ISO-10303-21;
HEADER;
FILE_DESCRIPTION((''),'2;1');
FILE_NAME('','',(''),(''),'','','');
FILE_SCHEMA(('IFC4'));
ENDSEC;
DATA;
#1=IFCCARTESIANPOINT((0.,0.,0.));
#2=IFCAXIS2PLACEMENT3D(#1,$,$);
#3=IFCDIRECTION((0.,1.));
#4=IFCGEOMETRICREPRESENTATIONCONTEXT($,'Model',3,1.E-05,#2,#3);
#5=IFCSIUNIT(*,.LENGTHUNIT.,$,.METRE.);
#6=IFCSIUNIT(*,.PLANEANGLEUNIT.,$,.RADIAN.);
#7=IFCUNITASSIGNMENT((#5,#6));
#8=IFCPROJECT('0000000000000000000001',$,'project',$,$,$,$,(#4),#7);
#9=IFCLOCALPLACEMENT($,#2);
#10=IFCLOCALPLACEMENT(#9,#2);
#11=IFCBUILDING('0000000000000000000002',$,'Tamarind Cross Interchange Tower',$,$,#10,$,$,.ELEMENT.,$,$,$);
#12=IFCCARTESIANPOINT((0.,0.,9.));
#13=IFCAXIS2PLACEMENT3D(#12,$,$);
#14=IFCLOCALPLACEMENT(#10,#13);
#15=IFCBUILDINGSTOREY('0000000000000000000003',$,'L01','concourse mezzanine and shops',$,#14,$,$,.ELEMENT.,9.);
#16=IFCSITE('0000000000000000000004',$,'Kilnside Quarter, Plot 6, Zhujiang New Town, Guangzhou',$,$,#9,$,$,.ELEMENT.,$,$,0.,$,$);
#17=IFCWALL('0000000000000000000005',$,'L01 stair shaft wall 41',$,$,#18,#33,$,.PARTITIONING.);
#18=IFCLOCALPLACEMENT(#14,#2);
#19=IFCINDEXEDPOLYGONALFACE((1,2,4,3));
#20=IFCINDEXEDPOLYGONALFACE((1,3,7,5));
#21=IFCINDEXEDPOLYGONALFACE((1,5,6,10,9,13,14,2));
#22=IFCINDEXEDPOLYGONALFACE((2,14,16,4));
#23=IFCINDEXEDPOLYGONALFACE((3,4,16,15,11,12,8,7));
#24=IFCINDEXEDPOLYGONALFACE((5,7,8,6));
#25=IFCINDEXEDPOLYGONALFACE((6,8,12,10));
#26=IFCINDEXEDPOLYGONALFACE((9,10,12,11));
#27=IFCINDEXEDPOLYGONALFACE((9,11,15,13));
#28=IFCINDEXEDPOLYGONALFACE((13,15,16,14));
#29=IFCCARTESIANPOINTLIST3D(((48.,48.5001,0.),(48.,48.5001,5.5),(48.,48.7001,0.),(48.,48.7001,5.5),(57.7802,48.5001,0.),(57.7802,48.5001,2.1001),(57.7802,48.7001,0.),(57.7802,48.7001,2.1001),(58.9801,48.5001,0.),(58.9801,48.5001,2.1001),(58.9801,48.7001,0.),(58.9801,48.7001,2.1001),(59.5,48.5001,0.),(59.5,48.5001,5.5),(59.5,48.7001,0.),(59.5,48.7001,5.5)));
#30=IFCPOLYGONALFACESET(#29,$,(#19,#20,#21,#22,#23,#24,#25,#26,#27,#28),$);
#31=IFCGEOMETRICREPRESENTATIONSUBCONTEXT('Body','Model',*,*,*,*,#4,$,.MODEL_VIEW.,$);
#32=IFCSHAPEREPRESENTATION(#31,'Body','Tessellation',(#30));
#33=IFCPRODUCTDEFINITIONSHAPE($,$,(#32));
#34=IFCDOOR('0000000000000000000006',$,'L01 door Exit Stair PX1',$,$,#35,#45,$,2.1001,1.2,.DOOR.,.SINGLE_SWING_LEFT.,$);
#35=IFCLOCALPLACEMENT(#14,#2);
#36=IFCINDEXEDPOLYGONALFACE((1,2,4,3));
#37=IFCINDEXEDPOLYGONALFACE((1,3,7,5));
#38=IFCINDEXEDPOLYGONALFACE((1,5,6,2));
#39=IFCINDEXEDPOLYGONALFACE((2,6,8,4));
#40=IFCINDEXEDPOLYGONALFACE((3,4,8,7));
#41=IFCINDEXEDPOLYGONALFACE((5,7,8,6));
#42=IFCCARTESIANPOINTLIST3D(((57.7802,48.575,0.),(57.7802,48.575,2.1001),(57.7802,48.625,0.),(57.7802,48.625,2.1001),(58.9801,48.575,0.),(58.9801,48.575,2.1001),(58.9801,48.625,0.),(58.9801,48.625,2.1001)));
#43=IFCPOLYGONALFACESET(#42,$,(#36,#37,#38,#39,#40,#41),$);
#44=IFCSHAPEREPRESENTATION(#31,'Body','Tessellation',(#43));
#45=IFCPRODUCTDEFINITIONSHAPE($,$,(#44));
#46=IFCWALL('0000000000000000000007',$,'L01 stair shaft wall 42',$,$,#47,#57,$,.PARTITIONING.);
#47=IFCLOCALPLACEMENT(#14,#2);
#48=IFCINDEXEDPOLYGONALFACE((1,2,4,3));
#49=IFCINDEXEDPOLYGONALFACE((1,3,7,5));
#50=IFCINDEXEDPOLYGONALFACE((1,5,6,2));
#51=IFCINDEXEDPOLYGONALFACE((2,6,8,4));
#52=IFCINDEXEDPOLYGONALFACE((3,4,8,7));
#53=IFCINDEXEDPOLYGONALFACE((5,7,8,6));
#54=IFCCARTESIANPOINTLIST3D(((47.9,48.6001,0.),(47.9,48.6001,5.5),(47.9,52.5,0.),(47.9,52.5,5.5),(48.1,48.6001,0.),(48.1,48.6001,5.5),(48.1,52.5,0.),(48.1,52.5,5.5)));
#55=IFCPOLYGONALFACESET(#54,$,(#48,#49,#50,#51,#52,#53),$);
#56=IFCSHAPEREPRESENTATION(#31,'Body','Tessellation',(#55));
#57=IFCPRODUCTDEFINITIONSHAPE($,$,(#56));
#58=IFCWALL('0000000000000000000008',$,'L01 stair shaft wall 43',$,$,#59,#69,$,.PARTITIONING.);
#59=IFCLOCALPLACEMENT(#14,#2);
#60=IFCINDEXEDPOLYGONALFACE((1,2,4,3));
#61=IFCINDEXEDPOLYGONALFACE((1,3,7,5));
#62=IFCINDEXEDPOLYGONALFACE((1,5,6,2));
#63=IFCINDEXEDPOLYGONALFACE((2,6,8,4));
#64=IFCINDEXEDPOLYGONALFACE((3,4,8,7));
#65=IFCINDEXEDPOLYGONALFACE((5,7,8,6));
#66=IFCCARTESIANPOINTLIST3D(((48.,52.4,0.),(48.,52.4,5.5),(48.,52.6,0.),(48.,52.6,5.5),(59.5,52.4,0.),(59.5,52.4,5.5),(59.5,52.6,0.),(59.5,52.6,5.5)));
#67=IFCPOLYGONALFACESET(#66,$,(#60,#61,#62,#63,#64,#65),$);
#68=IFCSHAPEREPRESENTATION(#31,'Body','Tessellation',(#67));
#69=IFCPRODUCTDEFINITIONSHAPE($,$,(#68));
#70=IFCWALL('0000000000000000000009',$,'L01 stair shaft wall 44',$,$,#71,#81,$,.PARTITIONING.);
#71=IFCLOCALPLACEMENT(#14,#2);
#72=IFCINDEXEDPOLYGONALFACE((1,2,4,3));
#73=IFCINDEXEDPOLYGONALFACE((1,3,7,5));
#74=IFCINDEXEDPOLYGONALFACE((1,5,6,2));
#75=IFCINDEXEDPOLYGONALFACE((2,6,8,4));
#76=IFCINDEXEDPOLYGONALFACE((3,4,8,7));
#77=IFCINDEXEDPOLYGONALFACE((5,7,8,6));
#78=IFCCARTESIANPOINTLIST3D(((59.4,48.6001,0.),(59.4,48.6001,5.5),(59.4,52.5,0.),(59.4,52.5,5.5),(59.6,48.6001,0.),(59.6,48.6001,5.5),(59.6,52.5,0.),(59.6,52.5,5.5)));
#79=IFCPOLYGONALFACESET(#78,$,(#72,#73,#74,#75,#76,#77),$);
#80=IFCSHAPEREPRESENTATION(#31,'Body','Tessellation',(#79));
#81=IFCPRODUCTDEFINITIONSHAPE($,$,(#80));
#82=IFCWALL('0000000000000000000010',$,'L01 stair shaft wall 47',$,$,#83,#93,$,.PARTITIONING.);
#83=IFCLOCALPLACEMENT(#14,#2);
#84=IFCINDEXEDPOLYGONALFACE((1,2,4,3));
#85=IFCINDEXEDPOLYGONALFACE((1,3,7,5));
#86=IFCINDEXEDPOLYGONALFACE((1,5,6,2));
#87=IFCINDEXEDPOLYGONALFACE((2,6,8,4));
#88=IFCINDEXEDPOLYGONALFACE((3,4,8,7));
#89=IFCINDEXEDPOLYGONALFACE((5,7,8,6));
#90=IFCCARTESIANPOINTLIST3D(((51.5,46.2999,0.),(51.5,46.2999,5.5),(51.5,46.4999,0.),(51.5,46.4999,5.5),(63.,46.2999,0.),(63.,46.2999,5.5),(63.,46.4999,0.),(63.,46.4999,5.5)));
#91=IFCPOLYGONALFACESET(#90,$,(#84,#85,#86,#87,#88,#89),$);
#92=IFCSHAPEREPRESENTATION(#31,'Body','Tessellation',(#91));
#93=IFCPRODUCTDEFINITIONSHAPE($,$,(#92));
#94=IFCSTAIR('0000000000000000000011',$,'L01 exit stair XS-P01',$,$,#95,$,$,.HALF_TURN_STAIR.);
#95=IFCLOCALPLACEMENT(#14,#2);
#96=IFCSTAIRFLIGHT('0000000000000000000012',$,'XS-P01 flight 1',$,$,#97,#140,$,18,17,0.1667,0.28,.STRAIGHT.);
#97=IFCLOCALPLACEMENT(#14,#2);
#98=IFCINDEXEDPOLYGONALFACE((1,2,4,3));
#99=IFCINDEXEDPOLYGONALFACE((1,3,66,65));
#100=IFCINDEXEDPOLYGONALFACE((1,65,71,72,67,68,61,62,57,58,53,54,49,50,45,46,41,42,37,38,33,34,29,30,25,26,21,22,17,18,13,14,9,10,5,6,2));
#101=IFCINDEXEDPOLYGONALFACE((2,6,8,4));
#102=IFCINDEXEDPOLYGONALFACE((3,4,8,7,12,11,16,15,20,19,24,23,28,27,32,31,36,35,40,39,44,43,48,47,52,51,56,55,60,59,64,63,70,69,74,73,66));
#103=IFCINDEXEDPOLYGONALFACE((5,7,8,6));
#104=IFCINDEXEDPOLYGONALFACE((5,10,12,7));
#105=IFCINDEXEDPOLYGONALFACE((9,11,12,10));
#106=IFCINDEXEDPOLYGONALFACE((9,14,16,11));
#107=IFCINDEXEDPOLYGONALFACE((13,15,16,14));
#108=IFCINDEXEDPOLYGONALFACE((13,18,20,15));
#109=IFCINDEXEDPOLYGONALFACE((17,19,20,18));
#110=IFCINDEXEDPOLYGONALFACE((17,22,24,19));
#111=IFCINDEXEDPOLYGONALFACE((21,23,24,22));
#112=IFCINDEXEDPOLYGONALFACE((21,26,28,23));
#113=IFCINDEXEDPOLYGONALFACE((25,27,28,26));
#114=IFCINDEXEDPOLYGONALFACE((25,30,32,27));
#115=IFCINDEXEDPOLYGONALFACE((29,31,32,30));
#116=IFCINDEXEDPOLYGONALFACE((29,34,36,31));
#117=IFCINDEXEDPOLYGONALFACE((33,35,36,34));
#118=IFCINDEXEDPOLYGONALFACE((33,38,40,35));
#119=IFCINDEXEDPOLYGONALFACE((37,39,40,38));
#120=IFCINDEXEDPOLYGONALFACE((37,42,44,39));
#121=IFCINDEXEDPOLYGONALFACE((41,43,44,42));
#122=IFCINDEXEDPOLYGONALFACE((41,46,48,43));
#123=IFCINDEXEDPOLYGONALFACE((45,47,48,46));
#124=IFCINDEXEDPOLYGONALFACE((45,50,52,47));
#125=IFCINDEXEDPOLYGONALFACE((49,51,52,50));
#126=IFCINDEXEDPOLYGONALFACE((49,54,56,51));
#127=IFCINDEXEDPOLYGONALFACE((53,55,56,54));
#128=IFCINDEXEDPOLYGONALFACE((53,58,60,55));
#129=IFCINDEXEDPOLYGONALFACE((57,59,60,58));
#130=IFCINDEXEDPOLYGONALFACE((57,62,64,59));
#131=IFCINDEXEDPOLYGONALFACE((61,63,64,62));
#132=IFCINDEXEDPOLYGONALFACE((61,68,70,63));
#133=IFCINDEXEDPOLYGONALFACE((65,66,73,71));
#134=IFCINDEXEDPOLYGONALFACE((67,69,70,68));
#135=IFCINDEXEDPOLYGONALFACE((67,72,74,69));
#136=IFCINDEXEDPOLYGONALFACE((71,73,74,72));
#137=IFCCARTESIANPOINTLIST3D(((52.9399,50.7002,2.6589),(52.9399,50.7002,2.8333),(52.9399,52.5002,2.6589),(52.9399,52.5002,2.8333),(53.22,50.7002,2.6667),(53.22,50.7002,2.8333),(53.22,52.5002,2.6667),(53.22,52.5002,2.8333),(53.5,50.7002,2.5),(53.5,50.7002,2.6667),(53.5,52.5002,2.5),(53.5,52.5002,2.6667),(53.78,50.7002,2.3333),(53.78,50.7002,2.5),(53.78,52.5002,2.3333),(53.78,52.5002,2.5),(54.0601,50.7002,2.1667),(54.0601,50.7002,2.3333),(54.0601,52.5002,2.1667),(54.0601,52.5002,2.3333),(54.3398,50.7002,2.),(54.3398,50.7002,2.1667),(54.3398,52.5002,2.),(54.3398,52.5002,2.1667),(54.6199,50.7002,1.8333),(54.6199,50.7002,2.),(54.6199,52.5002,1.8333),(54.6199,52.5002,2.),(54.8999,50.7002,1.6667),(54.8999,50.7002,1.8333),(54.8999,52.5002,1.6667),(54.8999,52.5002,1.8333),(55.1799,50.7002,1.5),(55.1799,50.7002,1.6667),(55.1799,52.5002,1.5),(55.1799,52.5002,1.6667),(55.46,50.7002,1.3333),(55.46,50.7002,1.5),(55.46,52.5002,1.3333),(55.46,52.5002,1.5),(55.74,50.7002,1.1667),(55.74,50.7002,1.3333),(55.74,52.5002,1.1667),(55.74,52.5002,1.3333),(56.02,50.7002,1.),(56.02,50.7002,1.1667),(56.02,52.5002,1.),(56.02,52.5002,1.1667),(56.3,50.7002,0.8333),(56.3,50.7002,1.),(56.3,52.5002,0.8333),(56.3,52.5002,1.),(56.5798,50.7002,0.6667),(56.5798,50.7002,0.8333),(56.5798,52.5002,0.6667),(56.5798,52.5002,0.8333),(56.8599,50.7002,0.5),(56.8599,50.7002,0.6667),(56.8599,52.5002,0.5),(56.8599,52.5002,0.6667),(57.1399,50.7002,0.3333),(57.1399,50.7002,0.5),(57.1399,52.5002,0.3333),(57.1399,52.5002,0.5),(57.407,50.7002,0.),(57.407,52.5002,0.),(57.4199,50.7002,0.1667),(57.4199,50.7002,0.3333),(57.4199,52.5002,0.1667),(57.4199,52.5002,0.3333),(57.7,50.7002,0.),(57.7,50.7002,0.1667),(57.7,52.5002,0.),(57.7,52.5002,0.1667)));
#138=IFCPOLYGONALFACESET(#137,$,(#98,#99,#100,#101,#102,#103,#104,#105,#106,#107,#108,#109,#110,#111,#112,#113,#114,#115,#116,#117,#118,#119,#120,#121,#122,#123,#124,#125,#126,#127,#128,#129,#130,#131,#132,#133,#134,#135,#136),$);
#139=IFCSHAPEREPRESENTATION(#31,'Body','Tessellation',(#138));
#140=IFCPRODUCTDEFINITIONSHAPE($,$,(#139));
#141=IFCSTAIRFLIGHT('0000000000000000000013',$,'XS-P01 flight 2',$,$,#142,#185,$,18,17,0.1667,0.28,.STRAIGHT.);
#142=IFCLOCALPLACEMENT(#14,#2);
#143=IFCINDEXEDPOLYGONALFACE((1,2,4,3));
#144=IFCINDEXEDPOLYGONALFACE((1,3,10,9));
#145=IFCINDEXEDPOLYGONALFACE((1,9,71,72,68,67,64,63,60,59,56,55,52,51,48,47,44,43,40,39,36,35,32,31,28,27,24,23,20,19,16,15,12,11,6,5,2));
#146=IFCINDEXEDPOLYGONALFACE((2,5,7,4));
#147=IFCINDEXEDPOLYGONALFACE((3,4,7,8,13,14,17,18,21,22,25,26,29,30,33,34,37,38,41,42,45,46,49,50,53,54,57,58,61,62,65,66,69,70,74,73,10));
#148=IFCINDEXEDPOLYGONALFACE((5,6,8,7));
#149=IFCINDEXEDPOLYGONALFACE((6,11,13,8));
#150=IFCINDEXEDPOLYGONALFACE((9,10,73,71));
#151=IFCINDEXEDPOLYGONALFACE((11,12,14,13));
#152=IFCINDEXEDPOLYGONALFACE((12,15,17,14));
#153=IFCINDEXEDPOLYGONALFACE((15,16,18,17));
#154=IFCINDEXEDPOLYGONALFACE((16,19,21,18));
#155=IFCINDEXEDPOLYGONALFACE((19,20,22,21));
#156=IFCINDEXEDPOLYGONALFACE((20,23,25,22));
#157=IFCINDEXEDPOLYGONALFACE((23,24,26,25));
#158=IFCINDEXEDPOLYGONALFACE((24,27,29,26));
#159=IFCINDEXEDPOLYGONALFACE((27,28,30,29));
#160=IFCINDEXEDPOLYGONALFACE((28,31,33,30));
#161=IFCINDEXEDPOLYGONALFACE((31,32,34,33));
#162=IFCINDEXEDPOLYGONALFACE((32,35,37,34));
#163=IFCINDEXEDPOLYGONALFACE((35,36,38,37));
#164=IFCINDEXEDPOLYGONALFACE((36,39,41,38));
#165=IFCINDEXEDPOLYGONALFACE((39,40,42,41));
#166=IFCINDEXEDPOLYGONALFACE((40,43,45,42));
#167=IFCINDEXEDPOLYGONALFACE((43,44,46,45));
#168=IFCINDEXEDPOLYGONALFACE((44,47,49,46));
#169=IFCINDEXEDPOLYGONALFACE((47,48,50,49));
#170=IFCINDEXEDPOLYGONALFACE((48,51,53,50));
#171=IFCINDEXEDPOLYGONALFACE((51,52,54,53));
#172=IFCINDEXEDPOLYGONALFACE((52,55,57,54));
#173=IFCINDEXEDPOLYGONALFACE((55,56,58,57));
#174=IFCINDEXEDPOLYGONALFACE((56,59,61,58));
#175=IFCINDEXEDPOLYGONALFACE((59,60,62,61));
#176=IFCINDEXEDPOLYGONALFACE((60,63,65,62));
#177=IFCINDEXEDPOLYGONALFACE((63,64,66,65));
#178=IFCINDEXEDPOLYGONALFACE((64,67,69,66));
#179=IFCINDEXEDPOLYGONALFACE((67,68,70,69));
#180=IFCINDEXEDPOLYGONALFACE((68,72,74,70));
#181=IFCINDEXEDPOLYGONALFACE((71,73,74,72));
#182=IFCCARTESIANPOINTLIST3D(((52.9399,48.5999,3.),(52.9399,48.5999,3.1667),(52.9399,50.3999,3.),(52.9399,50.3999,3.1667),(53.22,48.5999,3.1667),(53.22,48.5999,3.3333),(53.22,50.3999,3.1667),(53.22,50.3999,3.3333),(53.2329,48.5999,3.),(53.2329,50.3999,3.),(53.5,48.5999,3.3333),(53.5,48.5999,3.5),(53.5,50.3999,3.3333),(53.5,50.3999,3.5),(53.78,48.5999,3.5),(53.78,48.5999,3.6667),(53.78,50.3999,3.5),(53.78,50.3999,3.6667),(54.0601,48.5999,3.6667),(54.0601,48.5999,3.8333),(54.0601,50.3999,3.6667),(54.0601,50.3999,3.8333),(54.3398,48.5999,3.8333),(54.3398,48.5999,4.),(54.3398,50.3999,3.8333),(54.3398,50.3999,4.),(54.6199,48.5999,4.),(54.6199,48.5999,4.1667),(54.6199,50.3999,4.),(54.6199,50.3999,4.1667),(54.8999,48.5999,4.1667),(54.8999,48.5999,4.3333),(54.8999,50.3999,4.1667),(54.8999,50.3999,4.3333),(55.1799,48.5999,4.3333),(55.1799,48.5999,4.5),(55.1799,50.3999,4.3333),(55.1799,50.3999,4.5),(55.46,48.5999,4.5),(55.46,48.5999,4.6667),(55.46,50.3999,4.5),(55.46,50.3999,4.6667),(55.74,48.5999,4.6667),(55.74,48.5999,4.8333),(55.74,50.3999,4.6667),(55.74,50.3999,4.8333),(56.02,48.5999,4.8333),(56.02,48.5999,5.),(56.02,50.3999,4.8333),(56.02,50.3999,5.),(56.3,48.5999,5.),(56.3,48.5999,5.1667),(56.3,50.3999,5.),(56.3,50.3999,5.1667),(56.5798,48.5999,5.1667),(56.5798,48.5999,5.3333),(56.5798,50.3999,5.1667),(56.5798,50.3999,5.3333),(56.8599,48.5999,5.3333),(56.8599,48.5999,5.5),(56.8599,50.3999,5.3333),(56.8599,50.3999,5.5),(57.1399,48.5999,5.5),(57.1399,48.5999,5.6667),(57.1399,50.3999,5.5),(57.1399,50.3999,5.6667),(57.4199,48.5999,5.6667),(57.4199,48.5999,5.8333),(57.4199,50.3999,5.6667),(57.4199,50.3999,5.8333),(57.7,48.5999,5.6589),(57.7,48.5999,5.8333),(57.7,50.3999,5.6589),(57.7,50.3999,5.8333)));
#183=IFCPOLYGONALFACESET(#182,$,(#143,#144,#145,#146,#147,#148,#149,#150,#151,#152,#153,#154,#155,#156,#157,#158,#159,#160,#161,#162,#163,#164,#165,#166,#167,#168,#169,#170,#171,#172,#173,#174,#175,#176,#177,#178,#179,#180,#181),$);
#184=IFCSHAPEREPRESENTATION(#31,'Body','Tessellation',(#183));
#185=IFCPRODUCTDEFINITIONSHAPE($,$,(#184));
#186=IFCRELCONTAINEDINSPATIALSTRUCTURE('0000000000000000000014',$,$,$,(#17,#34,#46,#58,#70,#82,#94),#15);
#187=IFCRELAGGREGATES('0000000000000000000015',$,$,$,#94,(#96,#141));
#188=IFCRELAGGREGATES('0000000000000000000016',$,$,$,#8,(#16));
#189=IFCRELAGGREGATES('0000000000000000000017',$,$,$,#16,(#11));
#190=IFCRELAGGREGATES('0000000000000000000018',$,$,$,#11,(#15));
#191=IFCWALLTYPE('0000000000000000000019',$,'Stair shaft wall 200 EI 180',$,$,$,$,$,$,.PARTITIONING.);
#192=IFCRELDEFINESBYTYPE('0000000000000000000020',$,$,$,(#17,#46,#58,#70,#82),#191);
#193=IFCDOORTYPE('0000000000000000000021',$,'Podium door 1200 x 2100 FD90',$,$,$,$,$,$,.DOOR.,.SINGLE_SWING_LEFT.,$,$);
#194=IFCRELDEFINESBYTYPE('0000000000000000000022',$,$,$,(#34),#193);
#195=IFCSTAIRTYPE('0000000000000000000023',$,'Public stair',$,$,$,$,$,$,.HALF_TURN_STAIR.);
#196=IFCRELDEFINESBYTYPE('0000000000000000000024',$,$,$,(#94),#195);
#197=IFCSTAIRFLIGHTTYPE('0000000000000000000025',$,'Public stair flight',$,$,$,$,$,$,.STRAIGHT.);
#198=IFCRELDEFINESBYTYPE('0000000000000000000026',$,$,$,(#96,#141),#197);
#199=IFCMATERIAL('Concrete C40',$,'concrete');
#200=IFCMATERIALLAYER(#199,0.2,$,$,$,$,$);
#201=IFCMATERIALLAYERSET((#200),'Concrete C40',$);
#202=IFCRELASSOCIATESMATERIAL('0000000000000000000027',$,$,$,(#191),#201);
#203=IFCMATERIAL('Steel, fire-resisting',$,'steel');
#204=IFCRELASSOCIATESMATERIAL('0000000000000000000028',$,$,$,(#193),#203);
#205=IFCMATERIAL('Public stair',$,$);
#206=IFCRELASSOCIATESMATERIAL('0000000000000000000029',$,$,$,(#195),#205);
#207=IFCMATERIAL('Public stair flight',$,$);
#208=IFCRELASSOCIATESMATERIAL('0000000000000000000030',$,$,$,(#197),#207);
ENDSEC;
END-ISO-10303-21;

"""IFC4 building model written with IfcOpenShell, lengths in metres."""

from ifc_helpers import new_model, si_unit, direction, frame, frame_2d, origin, place, context, subcontext, project, spatial, polyline, rectangle, outline, extrude, material, layer, layer_set, type_object, element, fill, aggregate, save


model = new_model("IFC4")

# Units and contexts
model_context = context("Model", 3, precision=1e-05, world=origin(), true_north=direction((0.0, 1.0)))
body_context = subcontext(model_context, "Body", "Model", "MODEL_VIEW")
ifc_project = project(units=[si_unit("LENGTHUNIT", "METRE"), si_unit("PLANEANGLEUNIT", "RADIAN")], contexts=[model_context])

# Site, building, storey
site_placement = place(None, origin())
site = spatial("IfcSite", under=ifc_project, at=site_placement, Name="Kilnside Quarter, Plot 6, Zhujiang New Town, Guangzhou", CompositionType="ELEMENT", RefElevation=0.0)
building_placement = place(site_placement, origin())
building = spatial("IfcBuilding", under=site, at=building_placement, Name="Tamarind Cross Interchange Tower", CompositionType="ELEMENT")
storey_placement = place(building_placement, frame((0.0, 0.0, 9.0)))
storey = spatial("IfcBuildingStorey", under=building, at=storey_placement, Name="L01", Description="concourse mezzanine and shops", CompositionType="ELEMENT", Elevation=9.0)

# Wall, opening, door
ifc_material_1 = material(Name="Steel, fire-resisting", Category="steel")
ifc_material_2 = material(Name="Concrete C40", Category="concrete")
ifc_layer_1 = layer(ifc_material_2, 0.2)
ifc_layer_set_1 = layer_set([ifc_layer_1], Name="Concrete C40")
wall_type_1 = type_object("IfcWallType", Name="Stair shaft wall 200 EI 180", PredefinedType="PARTITIONING", material=ifc_layer_set_1)
wall_1_placement = place(storey_placement, frame((48.0, 48.6001, 0.0), z_axis=(0.0, 0.0, 1.0), x_axis=(1.0, 0.0, 0.0)))
wall_1 = element("IfcWall", 1, at=wall_1_placement, inside=storey, type_object=wall_type_1, Name="L01 stair shaft wall 41", PredefinedType="PARTITIONING", context=body_context, shape_type="SweptSolid", body=[
    extrude(rectangle(XDim=11.5, YDim=0.2, at=frame_2d((5.75, 0.0))), origin(), (0.0, 0.0, 1.0), 5.5),
])
opening_1_placement = place(wall_1_placement, frame((9.78, 0.0, 0.0)))
opening_1 = element("IfcOpeningElement", 2, at=opening_1_placement, cuts=wall_1, PredefinedType="OPENING", context=body_context, shape_type="SweptSolid", body=[
    extrude(rectangle(XDim=1.2, YDim=2.1001, at=frame_2d((0.6001, 1.05))), frame((0.0, 0.1099, 0.0), z_axis=(0.0, -1.0, 0.0), x_axis=(1.0, 0.0, 0.0)), (0.0, 0.0, 1.0), 0.22),
])
door_type_1 = type_object("IfcDoorType", Name="Podium door 1200 x 2100 FD90", OperationType="SINGLE_SWING_LEFT", PredefinedType="DOOR", material=ifc_material_1)
door_1_placement = place(opening_1_placement, origin())
door_1 = element("IfcDoor", 3, at=door_1_placement, inside=storey, type_object=door_type_1, Name="L01 door Exit Stair PX1", OperationType="SINGLE_SWING_LEFT", OverallHeight=2.1001, OverallWidth=1.2, PredefinedType="DOOR", context=body_context, shape_type="SweptSolid", body=[
    extrude(rectangle(XDim=1.2, YDim=2.1001, at=frame_2d((0.6001, 1.05))), frame((0.0, 0.0249, 0.0), z_axis=(0.0, -1.0, 0.0), x_axis=(1.0, 0.0, 0.0)), (0.0, 0.0, 1.0), 0.05),
])
fill(opening_1, door_1)

# Walls
wall_2_placement = place(storey_placement, frame((48.0, 48.6001, 0.0), z_axis=(0.0, 0.0, 1.0), x_axis=(0.0, 1.0, 0.0)))
element("IfcWall", 4, at=wall_2_placement, inside=storey, type_object=wall_type_1, Name="L01 stair shaft wall 42", PredefinedType="PARTITIONING", context=body_context, shape_type="SweptSolid", body=[
    extrude(rectangle(XDim=3.8999, YDim=0.2, at=frame_2d((1.95, 0.0))), origin(), (0.0, 0.0, 1.0), 5.5),
])
wall_3_placement = place(storey_placement, frame((48.0, 52.5, 0.0), z_axis=(0.0, 0.0, 1.0), x_axis=(1.0, 0.0, 0.0)))
element("IfcWall", 5, at=wall_3_placement, inside=storey, type_object=wall_type_1, Name="L01 stair shaft wall 43", PredefinedType="PARTITIONING", context=body_context, shape_type="SweptSolid", body=[
    extrude(rectangle(XDim=11.5, YDim=0.2, at=frame_2d((5.75, 0.0))), origin(), (0.0, 0.0, 1.0), 5.5),
])
wall_4_placement = place(storey_placement, frame((59.5, 48.6001, 0.0), z_axis=(0.0, 0.0, 1.0), x_axis=(0.0, 1.0, 0.0)))
element("IfcWall", 6, at=wall_4_placement, inside=storey, type_object=wall_type_1, Name="L01 stair shaft wall 44", PredefinedType="PARTITIONING", context=body_context, shape_type="SweptSolid", body=[
    extrude(rectangle(XDim=3.8999, YDim=0.2, at=frame_2d((1.95, 0.0))), origin(), (0.0, 0.0, 1.0), 5.5),
])
wall_5_placement = place(storey_placement, frame((51.5, 46.3999, 0.0), z_axis=(0.0, 0.0, 1.0), x_axis=(1.0, 0.0, 0.0)))
element("IfcWall", 7, at=wall_5_placement, inside=storey, type_object=wall_type_1, Name="L01 stair shaft wall 47", PredefinedType="PARTITIONING", context=body_context, shape_type="SweptSolid", body=[
    extrude(rectangle(XDim=11.5, YDim=0.2, at=frame_2d((5.75, 0.0))), origin(), (0.0, 0.0, 1.0), 5.5),
])

# Stair, stair flights
ifc_material_3 = material(Name="Public stair")
stair_type = type_object("IfcStairType", Name="Public stair", PredefinedType="HALF_TURN_STAIR", material=ifc_material_3)
stair_1_placement = place(storey_placement, origin())
stair_1 = element("IfcStair", 8, at=stair_1_placement, inside=storey, type_object=stair_type, Name="L01 exit stair XS-P01", PredefinedType="HALF_TURN_STAIR")
ifc_material_4 = material(Name="Public stair flight")
stair_flight_type = type_object("IfcStairFlightType", Name="Public stair flight", PredefinedType="STRAIGHT", material=ifc_material_4)
stair_flight_1_placement = place(storey_placement, frame((57.7, 51.6001, 0.0), z_axis=(0.0, 0.0, 1.0), x_axis=(-1.0, 0.0, 0.0)))
stair_flight_1 = element("IfcStairFlight", 9, at=stair_flight_1_placement, type_object=stair_flight_type, Name="XS-P01 flight 1", NumberOfRisers=18, NumberOfTreads=17, PredefinedType="STRAIGHT", RiserHeight=0.1667, TreadLength=0.28, context=body_context, shape_type="SweptSolid", body=[
    extrude(outline(polyline([(0.0, 0.0), (0.0, 0.1667), (0.28, 0.1667), (0.28, 0.3333), (0.5601, 0.3333), (0.5601, 0.5), (0.8401, 0.5), (0.8401, 0.6667), (1.1201, 0.6667), (1.1201, 0.8333), (1.3999, 0.8333), (1.3999, 1.0), (1.6799, 1.0), (1.6799, 1.1667), (1.96, 1.1667), (1.96, 1.3333), (2.24, 1.3333), (2.24, 1.5), (2.52, 1.5), (2.52, 1.6667), (2.8, 1.6667), (2.8, 1.8333), (3.0801, 1.8333), (3.0801, 2.0), (3.3601, 2.0), (3.3601, 2.1667), (3.6399, 2.1667), (3.6399, 2.3333), (3.9199, 2.3333), (3.9199, 2.5), (4.2, 2.5), (4.2, 2.6667), (4.48, 2.6667), (4.48, 2.8333), (4.76, 2.8333), (4.76, 3.0), (4.76, 2.6589), (0.293, 0.0), (0.0, 0.0)])), frame((0.0, 0.8999, 0.0), z_axis=(0.0, -1.0, 0.0), x_axis=(1.0, 0.0, 0.0)), (0.0, 0.0, 1.0), 1.8),
])
stair_flight_2_placement = place(storey_placement, frame((52.9399, 49.5, 3.0), z_axis=(0.0, 0.0, 1.0), x_axis=(1.0, 0.0, 0.0)))
stair_flight_2 = element("IfcStairFlight", 10, at=stair_flight_2_placement, type_object=stair_flight_type, Name="XS-P01 flight 2", NumberOfRisers=18, NumberOfTreads=17, PredefinedType="STRAIGHT", RiserHeight=0.1667, TreadLength=0.28, context=body_context, shape_type="SweptSolid", body=[
    extrude(outline(polyline([(0.0, 0.0), (0.0, 0.1667), (0.28, 0.1667), (0.28, 0.3333), (0.5601, 0.3333), (0.5601, 0.5), (0.8401, 0.5), (0.8401, 0.6667), (1.1201, 0.6667), (1.1201, 0.8333), (1.3999, 0.8333), (1.3999, 1.0), (1.6799, 1.0), (1.6799, 1.1667), (1.96, 1.1667), (1.96, 1.3333), (2.24, 1.3333), (2.24, 1.5), (2.52, 1.5), (2.52, 1.6667), (2.8, 1.6667), (2.8, 1.8333), (3.0801, 1.8333), (3.0801, 2.0), (3.3601, 2.0), (3.3601, 2.1667), (3.6399, 2.1667), (3.6399, 2.3333), (3.9199, 2.3333), (3.9199, 2.5), (4.2, 2.5), (4.2, 2.6667), (4.48, 2.6667), (4.48, 2.8333), (4.76, 2.8333), (4.76, 3.0), (4.76, 2.6589), (0.293, 0.0), (0.0, 0.0)])), frame((0.0, 0.8999, 0.0), z_axis=(0.0, -1.0, 0.0), x_axis=(1.0, 0.0, 0.0)), (0.0, 0.0, 1.0), 1.8),
])
aggregate(stair_1, [stair_flight_1, stair_flight_2])

save(model, "model.ifc")
